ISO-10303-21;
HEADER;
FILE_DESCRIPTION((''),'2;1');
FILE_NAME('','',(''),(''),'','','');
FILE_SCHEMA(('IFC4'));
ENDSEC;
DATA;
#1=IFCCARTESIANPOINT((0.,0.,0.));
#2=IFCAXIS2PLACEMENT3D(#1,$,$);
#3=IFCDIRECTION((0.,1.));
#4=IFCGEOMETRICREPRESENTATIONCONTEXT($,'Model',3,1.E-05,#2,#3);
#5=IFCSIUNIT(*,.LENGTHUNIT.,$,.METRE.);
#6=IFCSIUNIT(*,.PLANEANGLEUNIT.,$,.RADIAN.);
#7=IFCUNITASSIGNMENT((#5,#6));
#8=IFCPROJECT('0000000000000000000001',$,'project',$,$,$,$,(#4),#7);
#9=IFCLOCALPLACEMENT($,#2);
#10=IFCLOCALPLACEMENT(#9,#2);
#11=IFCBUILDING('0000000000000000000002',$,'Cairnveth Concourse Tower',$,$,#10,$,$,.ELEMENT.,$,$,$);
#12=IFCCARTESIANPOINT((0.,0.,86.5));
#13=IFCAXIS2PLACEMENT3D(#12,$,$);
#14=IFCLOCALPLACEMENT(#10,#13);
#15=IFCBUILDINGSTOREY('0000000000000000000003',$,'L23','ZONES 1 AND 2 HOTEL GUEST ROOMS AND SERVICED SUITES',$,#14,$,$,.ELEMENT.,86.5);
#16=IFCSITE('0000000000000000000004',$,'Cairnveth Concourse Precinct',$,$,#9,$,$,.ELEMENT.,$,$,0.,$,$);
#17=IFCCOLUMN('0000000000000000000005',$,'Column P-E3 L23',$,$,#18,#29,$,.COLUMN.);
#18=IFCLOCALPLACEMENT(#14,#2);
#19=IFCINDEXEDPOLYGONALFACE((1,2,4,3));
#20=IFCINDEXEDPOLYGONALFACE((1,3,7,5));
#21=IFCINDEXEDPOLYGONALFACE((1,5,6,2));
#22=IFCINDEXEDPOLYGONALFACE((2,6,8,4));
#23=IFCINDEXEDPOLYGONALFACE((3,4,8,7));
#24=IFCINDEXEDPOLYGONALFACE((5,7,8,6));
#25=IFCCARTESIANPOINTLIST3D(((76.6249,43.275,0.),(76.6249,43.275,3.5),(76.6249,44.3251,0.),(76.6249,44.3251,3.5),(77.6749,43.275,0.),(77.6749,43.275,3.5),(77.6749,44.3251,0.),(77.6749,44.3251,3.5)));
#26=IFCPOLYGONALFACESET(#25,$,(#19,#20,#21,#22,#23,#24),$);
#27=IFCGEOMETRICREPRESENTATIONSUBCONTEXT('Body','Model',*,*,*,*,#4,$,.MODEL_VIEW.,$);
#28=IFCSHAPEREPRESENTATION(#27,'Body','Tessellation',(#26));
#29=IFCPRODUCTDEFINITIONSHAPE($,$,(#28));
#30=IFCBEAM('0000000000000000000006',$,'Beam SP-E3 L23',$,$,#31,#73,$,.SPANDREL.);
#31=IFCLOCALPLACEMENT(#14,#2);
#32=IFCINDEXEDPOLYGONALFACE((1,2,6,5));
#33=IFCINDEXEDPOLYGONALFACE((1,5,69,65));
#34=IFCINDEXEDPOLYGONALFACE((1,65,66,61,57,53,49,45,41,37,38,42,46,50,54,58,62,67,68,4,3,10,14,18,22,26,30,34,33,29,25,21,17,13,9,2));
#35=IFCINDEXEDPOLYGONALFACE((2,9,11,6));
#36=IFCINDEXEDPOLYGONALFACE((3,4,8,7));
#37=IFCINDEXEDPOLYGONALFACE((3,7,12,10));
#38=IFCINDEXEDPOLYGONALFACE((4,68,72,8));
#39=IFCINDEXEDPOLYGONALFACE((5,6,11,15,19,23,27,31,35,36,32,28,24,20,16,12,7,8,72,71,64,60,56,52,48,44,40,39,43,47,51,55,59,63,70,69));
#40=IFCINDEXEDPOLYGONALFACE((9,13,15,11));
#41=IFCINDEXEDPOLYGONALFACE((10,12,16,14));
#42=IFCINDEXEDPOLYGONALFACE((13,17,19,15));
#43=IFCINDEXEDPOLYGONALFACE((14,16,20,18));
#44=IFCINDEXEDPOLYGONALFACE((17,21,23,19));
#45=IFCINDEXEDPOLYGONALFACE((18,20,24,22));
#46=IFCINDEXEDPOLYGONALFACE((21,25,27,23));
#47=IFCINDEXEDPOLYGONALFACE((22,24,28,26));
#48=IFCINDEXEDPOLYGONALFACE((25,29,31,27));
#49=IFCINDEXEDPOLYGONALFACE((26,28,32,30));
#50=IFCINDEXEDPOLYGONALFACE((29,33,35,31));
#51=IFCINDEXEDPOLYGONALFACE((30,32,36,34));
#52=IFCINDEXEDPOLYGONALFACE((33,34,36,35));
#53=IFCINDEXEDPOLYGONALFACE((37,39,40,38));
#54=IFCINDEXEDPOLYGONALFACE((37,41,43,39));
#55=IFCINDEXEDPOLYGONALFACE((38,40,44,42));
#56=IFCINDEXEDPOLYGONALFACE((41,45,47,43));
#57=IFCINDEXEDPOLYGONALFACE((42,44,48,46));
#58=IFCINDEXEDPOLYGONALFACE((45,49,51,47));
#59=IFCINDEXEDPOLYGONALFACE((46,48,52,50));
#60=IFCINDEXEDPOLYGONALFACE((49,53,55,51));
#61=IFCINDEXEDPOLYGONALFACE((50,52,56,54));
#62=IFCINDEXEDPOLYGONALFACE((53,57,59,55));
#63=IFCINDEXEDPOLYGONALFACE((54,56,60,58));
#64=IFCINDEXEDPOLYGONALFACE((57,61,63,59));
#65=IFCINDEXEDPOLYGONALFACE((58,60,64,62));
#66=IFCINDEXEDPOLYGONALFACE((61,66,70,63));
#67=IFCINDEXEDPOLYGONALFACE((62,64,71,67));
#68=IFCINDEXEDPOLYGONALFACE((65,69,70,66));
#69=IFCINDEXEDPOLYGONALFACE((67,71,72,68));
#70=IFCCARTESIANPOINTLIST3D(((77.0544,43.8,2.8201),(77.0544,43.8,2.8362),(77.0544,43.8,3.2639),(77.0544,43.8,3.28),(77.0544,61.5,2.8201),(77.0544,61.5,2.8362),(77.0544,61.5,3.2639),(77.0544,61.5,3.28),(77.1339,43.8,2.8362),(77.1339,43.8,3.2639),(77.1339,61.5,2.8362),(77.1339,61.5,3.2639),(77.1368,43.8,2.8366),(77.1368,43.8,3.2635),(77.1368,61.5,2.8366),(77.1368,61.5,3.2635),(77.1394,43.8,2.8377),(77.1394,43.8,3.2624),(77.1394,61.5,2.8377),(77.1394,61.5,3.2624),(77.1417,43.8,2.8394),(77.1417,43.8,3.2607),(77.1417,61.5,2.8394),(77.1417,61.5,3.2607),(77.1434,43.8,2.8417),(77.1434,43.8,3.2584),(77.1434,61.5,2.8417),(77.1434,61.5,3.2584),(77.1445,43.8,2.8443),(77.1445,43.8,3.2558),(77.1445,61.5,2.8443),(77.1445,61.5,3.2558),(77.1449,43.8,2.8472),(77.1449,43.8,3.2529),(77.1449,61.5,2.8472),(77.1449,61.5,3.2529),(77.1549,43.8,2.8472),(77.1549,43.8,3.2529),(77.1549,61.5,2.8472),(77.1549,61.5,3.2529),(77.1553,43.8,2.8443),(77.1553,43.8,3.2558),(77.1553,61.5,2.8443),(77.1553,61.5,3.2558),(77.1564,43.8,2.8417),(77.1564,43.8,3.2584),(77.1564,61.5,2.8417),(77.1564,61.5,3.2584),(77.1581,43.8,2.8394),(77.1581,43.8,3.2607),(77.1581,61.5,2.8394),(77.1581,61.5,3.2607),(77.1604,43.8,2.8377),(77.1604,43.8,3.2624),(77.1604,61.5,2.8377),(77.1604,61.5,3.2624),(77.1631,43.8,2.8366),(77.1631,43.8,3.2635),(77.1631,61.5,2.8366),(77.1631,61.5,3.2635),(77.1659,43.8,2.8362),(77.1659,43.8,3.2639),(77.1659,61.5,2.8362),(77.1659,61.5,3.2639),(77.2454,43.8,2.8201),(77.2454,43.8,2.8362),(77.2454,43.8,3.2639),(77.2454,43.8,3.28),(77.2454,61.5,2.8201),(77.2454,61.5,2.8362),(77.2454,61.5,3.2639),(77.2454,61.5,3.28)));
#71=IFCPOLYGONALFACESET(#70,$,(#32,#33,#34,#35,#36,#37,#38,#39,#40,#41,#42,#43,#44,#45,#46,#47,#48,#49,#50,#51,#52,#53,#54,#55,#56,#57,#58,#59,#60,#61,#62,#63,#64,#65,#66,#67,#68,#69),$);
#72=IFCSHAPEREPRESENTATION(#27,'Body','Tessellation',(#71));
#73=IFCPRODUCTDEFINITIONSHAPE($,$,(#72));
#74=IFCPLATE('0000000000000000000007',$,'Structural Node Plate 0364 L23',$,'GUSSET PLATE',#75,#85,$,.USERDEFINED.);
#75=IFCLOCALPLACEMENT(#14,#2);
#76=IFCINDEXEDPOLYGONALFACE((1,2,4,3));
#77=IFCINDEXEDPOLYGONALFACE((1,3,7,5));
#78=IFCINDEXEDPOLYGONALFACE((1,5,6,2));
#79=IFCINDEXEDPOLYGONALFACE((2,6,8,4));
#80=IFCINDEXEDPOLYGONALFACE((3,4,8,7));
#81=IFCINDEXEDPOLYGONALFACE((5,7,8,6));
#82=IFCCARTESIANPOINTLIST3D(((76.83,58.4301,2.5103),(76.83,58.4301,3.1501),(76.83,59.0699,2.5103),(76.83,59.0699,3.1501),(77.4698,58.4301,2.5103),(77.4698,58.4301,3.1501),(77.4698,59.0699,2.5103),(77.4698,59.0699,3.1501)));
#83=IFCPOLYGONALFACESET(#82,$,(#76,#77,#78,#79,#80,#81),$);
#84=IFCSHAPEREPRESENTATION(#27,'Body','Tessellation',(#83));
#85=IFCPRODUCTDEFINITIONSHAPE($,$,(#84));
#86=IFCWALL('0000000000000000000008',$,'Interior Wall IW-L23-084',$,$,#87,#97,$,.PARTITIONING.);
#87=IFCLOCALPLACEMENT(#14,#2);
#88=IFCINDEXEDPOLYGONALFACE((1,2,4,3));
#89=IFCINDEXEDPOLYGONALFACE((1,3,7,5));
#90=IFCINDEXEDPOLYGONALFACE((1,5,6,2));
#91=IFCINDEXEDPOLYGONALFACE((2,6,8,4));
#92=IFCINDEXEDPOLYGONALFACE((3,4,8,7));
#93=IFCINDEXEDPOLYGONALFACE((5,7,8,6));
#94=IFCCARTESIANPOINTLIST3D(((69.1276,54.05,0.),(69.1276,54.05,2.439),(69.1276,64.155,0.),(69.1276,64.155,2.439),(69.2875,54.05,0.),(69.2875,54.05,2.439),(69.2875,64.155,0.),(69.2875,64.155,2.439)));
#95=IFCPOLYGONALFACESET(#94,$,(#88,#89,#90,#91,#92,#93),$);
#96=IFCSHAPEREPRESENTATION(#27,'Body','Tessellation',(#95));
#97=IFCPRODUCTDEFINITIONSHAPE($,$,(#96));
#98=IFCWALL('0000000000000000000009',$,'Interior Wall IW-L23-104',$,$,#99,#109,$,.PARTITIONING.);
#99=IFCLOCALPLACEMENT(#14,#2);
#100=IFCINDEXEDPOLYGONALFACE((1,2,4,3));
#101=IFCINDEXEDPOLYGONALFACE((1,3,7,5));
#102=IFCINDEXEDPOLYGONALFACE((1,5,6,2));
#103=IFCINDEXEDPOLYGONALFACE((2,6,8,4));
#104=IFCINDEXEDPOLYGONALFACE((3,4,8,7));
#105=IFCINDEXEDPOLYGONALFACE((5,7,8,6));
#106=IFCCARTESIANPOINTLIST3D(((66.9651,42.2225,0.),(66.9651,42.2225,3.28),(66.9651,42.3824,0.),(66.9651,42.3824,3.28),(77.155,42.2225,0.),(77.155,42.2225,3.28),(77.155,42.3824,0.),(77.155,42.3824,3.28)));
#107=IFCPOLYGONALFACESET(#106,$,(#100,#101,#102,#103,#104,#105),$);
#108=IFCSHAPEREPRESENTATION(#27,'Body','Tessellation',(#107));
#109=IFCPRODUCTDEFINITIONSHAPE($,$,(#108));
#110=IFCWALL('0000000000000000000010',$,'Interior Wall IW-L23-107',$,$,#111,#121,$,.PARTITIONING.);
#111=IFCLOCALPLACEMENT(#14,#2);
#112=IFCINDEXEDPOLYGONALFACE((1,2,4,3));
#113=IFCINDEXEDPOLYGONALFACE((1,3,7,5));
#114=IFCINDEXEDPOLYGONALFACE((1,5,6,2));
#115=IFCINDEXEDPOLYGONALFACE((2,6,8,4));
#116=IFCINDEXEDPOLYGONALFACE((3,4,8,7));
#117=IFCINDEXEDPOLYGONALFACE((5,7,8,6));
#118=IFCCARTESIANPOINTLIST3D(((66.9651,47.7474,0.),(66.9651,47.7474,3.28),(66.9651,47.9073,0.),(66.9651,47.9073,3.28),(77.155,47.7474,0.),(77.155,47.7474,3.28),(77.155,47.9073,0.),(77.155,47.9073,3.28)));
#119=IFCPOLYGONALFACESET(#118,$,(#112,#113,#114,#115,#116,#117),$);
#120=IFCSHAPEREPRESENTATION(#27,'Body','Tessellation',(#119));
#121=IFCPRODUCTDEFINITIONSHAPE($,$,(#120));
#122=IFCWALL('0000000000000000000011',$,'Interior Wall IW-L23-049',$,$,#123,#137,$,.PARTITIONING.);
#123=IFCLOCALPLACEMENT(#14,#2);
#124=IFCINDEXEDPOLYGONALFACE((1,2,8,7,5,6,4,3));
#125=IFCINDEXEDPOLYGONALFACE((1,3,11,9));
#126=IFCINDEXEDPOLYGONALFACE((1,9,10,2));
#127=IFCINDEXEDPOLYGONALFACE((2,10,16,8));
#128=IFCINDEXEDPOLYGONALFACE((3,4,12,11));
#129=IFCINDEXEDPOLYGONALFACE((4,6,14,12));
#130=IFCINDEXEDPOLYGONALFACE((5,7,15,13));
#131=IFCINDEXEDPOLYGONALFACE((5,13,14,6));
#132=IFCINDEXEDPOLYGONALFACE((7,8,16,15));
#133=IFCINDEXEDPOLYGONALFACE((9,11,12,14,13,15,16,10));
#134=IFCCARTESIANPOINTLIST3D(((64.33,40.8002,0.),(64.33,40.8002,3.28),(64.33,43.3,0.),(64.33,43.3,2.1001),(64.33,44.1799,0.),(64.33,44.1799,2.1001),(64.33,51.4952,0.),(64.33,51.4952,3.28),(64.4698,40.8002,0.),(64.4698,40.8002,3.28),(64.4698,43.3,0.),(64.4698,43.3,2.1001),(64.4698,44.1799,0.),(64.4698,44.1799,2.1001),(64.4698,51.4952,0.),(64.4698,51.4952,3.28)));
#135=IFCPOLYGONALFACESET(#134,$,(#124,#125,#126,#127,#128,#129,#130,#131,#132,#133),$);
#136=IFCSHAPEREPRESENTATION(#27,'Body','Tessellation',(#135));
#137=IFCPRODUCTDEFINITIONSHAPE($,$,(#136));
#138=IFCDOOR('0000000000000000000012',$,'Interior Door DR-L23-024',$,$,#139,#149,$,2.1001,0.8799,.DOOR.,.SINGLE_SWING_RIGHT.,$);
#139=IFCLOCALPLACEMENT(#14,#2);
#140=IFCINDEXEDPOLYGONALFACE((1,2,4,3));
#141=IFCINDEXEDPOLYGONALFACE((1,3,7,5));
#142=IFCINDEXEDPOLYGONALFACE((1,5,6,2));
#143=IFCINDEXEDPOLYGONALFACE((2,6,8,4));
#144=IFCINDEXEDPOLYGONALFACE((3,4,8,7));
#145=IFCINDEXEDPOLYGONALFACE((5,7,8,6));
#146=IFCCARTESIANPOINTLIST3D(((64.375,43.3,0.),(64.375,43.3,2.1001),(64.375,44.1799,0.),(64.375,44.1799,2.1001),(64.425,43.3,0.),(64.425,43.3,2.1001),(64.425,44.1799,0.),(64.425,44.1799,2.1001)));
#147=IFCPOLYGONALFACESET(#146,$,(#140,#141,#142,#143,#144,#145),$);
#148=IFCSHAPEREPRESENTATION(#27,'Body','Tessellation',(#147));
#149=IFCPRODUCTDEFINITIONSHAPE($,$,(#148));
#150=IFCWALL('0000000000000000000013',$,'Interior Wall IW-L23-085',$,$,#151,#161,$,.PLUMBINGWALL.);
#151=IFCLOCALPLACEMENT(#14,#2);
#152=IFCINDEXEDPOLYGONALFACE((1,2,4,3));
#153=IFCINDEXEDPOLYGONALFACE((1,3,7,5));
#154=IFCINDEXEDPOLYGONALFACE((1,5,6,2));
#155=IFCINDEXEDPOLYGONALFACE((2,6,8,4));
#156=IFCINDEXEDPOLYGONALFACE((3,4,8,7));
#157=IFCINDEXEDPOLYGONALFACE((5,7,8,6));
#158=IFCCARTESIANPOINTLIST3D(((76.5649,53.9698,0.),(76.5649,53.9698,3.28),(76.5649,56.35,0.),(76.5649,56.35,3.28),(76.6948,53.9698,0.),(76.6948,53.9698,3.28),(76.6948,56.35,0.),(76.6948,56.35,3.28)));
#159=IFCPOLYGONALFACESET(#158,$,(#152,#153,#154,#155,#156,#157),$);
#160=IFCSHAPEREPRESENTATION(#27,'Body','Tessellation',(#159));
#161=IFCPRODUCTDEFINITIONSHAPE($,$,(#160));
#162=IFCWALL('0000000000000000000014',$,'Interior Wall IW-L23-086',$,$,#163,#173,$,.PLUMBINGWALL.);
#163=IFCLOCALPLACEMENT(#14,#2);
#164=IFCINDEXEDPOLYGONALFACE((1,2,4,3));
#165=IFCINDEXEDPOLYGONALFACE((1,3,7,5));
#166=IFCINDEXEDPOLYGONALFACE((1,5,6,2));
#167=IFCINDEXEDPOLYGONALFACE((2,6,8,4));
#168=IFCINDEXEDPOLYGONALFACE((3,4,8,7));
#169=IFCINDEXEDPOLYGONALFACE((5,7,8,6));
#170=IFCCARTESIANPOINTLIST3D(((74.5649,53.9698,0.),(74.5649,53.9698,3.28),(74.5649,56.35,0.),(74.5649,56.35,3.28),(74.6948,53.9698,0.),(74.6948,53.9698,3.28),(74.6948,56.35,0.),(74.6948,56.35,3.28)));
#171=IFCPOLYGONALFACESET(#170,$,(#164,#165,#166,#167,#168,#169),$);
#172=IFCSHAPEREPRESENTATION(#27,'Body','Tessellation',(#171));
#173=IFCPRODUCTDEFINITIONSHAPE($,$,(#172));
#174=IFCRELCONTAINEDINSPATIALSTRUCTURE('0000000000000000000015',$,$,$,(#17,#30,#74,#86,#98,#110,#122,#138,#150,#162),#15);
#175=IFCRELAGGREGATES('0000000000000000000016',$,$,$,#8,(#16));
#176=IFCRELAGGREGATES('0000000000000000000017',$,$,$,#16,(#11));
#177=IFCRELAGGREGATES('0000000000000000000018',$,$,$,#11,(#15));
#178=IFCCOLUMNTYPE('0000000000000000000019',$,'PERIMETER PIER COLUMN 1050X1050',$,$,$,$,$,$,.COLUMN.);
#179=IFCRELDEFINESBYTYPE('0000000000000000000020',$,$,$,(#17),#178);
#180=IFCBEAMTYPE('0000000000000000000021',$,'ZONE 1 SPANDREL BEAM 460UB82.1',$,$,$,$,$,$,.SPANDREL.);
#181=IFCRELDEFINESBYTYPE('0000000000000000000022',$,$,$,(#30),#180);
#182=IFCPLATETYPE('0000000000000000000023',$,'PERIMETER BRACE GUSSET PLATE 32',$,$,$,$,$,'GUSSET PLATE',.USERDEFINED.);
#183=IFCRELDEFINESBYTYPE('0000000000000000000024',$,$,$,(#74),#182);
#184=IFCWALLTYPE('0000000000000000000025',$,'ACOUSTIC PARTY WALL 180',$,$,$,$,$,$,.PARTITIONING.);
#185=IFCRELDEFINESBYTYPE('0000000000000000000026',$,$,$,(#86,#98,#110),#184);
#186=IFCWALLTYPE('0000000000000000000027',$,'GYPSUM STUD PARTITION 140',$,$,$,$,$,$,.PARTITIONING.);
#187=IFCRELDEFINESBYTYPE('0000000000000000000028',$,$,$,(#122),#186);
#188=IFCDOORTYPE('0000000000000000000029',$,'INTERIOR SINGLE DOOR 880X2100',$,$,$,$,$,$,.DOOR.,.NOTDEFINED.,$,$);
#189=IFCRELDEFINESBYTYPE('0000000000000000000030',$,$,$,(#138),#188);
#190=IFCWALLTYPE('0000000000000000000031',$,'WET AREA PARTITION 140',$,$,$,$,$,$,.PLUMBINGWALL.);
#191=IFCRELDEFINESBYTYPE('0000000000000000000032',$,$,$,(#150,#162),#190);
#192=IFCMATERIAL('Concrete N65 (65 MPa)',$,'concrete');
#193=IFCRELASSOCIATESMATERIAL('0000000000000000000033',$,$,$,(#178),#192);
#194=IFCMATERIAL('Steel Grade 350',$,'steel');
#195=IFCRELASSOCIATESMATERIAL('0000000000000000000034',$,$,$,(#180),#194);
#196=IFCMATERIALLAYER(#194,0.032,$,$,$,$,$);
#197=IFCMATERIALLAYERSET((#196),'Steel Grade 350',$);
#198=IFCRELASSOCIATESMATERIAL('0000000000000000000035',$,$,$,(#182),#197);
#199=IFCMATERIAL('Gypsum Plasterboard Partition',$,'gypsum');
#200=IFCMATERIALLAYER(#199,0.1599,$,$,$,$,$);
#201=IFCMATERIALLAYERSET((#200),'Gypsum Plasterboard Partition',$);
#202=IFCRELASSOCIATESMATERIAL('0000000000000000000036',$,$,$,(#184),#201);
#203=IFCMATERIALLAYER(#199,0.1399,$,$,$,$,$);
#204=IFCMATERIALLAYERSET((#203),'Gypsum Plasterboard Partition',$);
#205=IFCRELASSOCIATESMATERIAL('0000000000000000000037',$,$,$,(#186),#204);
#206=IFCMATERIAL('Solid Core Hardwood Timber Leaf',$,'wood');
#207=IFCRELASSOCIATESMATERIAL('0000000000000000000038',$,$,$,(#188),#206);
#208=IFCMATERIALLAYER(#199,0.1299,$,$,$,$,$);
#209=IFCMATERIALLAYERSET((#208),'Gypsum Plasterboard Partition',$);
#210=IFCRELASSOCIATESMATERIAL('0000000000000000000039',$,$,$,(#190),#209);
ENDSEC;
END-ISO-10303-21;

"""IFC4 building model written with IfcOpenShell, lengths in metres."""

from ifc_helpers import new_model, si_unit, direction, frame, frame_2d, origin, origin_2d, place, context, subcontext, project, spatial, rectangle, i_section, extrude, material, layer, layer_set, material_profile, profile_set, type_object, element, fill, save


model = new_model("IFC4")

# Units and contexts
model_context = context("Model", 3, precision=1e-05, world=origin(), true_north=direction((0.0, 1.0)))
body_context = subcontext(model_context, "Body", "Model", "MODEL_VIEW")
ifc_project = project(units=[si_unit("LENGTHUNIT", "METRE"), si_unit("PLANEANGLEUNIT", "RADIAN")], contexts=[model_context])

# Site, building, storey
site_placement = place(None, origin())
site = spatial("IfcSite", under=ifc_project, at=site_placement, Name="Cairnveth Concourse Precinct", CompositionType="ELEMENT", RefElevation=0.0)
building_placement = place(site_placement, origin())
building = spatial("IfcBuilding", under=site, at=building_placement, Name="Cairnveth Concourse Tower", CompositionType="ELEMENT")
storey_placement = place(building_placement, frame((0.0, 0.0, 86.5)))
storey = spatial("IfcBuildingStorey", under=building, at=storey_placement, Name="L23", Description="ZONES 1 AND 2 HOTEL GUEST ROOMS AND SERVICED SUITES", CompositionType="ELEMENT", Elevation=86.5)

# Column
ifc_material_1 = material(Name="Concrete N65 (65 MPa)", Category="concrete")
ifc_material_profile_1 = material_profile(ifc_material_1, rectangle(XDim=1.05, YDim=1.05, at=origin_2d()), Name="RC-COL-1050x1050")
ifc_profile_set_1 = profile_set([ifc_material_profile_1], Name="Concrete N65 (65 MPa)")
column_type = type_object("IfcColumnType", Name="PERIMETER PIER COLUMN 1050X1050", PredefinedType="COLUMN", material=ifc_profile_set_1)
column_placement = place(storey_placement, frame((77.1499, 43.8, 0.0), z_axis=(0.0, 0.0, 1.0), x_axis=(0.0, 1.0, 0.0)))
element("IfcColumn", 1, at=column_placement, inside=storey, type_object=column_type, Name="Column P-E3 L23", PredefinedType="COLUMN", context=body_context, shape_type="SweptSolid", body=[
    extrude(rectangle(XDim=1.05, YDim=1.05, at=origin_2d()), origin(), (0.0, 0.0, 1.0), 3.5),
])

# Beam
ifc_material_2 = material(Name="Steel Grade 350", Category="steel")
ifc_material_profile_2 = material_profile(ifc_material_2, i_section(OverallWidth=0.1909, OverallDepth=0.46, WebThickness=0.01, FlangeThickness=0.0161, FilletRadius=0.011, at=origin_2d()), Name="460UB82.1")
ifc_profile_set_2 = profile_set([ifc_material_profile_2], Name="Steel Grade 350")
beam_type = type_object("IfcBeamType", Name="ZONE 1 SPANDREL BEAM 460UB82.1", PredefinedType="SPANDREL", material=ifc_profile_set_2)
beam_placement = place(storey_placement, frame((77.1499, 43.8, 3.05), z_axis=(0.0, 1.0, 0.0), x_axis=(-1.0, 0.0, 0.0)))
element("IfcBeam", 2, at=beam_placement, inside=storey, type_object=beam_type, Name="Beam SP-E3 L23", PredefinedType="SPANDREL", context=body_context, shape_type="SweptSolid", body=[
    extrude(i_section(OverallWidth=0.1909, OverallDepth=0.46, WebThickness=0.01, FlangeThickness=0.0161, FilletRadius=0.011, at=origin_2d()), origin(), (0.0, 0.0, 1.0), 17.7),
])

# Plate
ifc_layer_1 = layer(ifc_material_2, 0.032)
ifc_layer_set_1 = layer_set([ifc_layer_1], Name="Steel Grade 350")
plate_type = type_object("IfcPlateType", Name="PERIMETER BRACE GUSSET PLATE 32", ElementType="GUSSET PLATE", PredefinedType="USERDEFINED", material=ifc_layer_set_1)
plate_placement = place(storey_placement, frame((77.1499, 58.75, 2.5103), z_axis=(0.0, 0.0, 1.0), x_axis=(1.0, 0.0, 0.0)))
element("IfcPlate", 3, at=plate_placement, inside=storey, type_object=plate_type, Name="Structural Node Plate 0364 L23", ObjectType="GUSSET PLATE", PredefinedType="USERDEFINED", context=body_context, shape_type="SweptSolid", body=[
    extrude(rectangle(XDim=0.6399, YDim=0.6399, at=origin_2d()), origin(), (0.0, 0.0, 1.0), 0.6399),
])

# Walls
ifc_material_3 = material(Name="Gypsum Plasterboard Partition", Category="gypsum")
ifc_layer_2 = layer(ifc_material_3, 0.1599)
ifc_layer_set_2 = layer_set([ifc_layer_2], Name="Gypsum Plasterboard Partition")
wall_type_1 = type_object("IfcWallType", Name="ACOUSTIC PARTY WALL 180", PredefinedType="PARTITIONING", material=ifc_layer_set_2)
wall_1_placement = place(storey_placement, frame((69.2075, 54.05, 0.0), z_axis=(0.0, 0.0, 1.0), x_axis=(0.0, 1.0, 0.0)))
element("IfcWall", 4, at=wall_1_placement, inside=storey, type_object=wall_type_1, Name="Interior Wall IW-L23-084", PredefinedType="PARTITIONING", context=body_context, shape_type="SweptSolid", body=[
    extrude(rectangle(XDim=10.105, YDim=0.1599, at=frame_2d((5.0525, 0.0))), origin(), (0.0, 0.0, 1.0), 2.439),
])
for number, where, z_axis, x_axis, name in (
    (5, (66.9651, 42.3025, 0.0), (0.0, 0.0, 1.0), (1.0, 0.0, 0.0), "Interior Wall IW-L23-104"),
    (6, (66.9651, 47.8274, 0.0), (0.0, 0.0, 1.0), (1.0, 0.0, 0.0), "Interior Wall IW-L23-107"),
):
    element("IfcWall", number, at=place(storey_placement, frame(where, z_axis=z_axis, x_axis=x_axis)), inside=storey, type_object=wall_type_1, Name=name, PredefinedType="PARTITIONING", context=body_context, shape_type="SweptSolid", body=[
        extrude(rectangle(XDim=10.1899, YDim=0.1599, at=frame_2d((5.095, 0.0))), origin(), (0.0, 0.0, 1.0), 3.28),
    ])

# Wall, opening, door
ifc_layer_3 = layer(ifc_material_3, 0.1399)
ifc_layer_set_3 = layer_set([ifc_layer_3], Name="Gypsum Plasterboard Partition")
wall_type_2 = type_object("IfcWallType", Name="GYPSUM STUD PARTITION 140", PredefinedType="PARTITIONING", material=ifc_layer_set_3)
wall_2_placement = place(storey_placement, frame((64.3999, 40.8, 0.0), z_axis=(0.0, 0.0, 1.0), x_axis=(0.0, 1.0, 0.0)))
wall_2 = element("IfcWall", 7, at=wall_2_placement, inside=storey, type_object=wall_type_2, Name="Interior Wall IW-L23-049", PredefinedType="PARTITIONING", context=body_context, shape_type="SweptSolid", body=[
    extrude(rectangle(XDim=10.6951, YDim=0.1399, at=frame_2d((5.3477, 0.0))), origin(), (0.0, 0.0, 1.0), 3.28),
])
opening_1_placement = place(wall_2_placement, frame((2.5, 0.0, 0.0)))
opening_1 = element("IfcOpeningElement", 8, at=opening_1_placement, cuts=wall_2, PredefinedType="OPENING", context=body_context, shape_type="SweptSolid", body=[
    extrude(rectangle(XDim=0.8799, YDim=2.1001, at=frame_2d((0.4399, 1.05))), frame((0.0, 0.0798, 0.0), z_axis=(0.0, -1.0, 0.0), x_axis=(1.0, 0.0, 0.0)), (0.0, 0.0, 1.0), 0.1599),
])
ifc_material_4 = material(Name="Solid Core Hardwood Timber Leaf", Category="wood")
door_type_1 = type_object("IfcDoorType", Name="INTERIOR SINGLE DOOR 880X2100", OperationType="NOTDEFINED", PredefinedType="DOOR", material=ifc_material_4)
door_1_placement = place(opening_1_placement, origin())
door_1 = element("IfcDoor", 9, at=door_1_placement, inside=storey, type_object=door_type_1, Name="Interior Door DR-L23-024", OperationType="SINGLE_SWING_RIGHT", OverallHeight=2.1001, OverallWidth=0.8799, PredefinedType="DOOR", context=body_context, shape_type="SweptSolid", body=[
    extrude(rectangle(XDim=0.8799, YDim=2.1001, at=frame_2d((0.4399, 1.05))), frame((0.0, 0.0249, 0.0), z_axis=(0.0, -1.0, 0.0), x_axis=(1.0, 0.0, 0.0)), (0.0, 0.0, 1.0), 0.05),
])
fill(opening_1, door_1)

# Walls
ifc_layer_4 = layer(ifc_material_3, 0.1299)
ifc_layer_set_4 = layer_set([ifc_layer_4], Name="Gypsum Plasterboard Partition")
wall_type_3 = type_object("IfcWallType", Name="WET AREA PARTITION 140", PredefinedType="PLUMBINGWALL", material=ifc_layer_set_4)
for number, where, z_axis, x_axis, name in (
    (10, (76.6299, 53.97, 0.0), (0.0, 0.0, 1.0), (0.0, 1.0, 0.0), "Interior Wall IW-L23-085"),
    (11, (74.6299, 53.97, 0.0), (0.0, 0.0, 1.0), (0.0, 1.0, 0.0), "Interior Wall IW-L23-086"),
):
    element("IfcWall", number, at=place(storey_placement, frame(where, z_axis=z_axis, x_axis=x_axis)), inside=storey, type_object=wall_type_3, Name=name, PredefinedType="PLUMBINGWALL", context=body_context, shape_type="SweptSolid", body=[
        extrude(rectangle(XDim=2.3801, YDim=0.1299, at=frame_2d((1.1899, 0.0))), origin(), (0.0, 0.0, 1.0), 3.28),
    ])

save(model, "model.ifc")
